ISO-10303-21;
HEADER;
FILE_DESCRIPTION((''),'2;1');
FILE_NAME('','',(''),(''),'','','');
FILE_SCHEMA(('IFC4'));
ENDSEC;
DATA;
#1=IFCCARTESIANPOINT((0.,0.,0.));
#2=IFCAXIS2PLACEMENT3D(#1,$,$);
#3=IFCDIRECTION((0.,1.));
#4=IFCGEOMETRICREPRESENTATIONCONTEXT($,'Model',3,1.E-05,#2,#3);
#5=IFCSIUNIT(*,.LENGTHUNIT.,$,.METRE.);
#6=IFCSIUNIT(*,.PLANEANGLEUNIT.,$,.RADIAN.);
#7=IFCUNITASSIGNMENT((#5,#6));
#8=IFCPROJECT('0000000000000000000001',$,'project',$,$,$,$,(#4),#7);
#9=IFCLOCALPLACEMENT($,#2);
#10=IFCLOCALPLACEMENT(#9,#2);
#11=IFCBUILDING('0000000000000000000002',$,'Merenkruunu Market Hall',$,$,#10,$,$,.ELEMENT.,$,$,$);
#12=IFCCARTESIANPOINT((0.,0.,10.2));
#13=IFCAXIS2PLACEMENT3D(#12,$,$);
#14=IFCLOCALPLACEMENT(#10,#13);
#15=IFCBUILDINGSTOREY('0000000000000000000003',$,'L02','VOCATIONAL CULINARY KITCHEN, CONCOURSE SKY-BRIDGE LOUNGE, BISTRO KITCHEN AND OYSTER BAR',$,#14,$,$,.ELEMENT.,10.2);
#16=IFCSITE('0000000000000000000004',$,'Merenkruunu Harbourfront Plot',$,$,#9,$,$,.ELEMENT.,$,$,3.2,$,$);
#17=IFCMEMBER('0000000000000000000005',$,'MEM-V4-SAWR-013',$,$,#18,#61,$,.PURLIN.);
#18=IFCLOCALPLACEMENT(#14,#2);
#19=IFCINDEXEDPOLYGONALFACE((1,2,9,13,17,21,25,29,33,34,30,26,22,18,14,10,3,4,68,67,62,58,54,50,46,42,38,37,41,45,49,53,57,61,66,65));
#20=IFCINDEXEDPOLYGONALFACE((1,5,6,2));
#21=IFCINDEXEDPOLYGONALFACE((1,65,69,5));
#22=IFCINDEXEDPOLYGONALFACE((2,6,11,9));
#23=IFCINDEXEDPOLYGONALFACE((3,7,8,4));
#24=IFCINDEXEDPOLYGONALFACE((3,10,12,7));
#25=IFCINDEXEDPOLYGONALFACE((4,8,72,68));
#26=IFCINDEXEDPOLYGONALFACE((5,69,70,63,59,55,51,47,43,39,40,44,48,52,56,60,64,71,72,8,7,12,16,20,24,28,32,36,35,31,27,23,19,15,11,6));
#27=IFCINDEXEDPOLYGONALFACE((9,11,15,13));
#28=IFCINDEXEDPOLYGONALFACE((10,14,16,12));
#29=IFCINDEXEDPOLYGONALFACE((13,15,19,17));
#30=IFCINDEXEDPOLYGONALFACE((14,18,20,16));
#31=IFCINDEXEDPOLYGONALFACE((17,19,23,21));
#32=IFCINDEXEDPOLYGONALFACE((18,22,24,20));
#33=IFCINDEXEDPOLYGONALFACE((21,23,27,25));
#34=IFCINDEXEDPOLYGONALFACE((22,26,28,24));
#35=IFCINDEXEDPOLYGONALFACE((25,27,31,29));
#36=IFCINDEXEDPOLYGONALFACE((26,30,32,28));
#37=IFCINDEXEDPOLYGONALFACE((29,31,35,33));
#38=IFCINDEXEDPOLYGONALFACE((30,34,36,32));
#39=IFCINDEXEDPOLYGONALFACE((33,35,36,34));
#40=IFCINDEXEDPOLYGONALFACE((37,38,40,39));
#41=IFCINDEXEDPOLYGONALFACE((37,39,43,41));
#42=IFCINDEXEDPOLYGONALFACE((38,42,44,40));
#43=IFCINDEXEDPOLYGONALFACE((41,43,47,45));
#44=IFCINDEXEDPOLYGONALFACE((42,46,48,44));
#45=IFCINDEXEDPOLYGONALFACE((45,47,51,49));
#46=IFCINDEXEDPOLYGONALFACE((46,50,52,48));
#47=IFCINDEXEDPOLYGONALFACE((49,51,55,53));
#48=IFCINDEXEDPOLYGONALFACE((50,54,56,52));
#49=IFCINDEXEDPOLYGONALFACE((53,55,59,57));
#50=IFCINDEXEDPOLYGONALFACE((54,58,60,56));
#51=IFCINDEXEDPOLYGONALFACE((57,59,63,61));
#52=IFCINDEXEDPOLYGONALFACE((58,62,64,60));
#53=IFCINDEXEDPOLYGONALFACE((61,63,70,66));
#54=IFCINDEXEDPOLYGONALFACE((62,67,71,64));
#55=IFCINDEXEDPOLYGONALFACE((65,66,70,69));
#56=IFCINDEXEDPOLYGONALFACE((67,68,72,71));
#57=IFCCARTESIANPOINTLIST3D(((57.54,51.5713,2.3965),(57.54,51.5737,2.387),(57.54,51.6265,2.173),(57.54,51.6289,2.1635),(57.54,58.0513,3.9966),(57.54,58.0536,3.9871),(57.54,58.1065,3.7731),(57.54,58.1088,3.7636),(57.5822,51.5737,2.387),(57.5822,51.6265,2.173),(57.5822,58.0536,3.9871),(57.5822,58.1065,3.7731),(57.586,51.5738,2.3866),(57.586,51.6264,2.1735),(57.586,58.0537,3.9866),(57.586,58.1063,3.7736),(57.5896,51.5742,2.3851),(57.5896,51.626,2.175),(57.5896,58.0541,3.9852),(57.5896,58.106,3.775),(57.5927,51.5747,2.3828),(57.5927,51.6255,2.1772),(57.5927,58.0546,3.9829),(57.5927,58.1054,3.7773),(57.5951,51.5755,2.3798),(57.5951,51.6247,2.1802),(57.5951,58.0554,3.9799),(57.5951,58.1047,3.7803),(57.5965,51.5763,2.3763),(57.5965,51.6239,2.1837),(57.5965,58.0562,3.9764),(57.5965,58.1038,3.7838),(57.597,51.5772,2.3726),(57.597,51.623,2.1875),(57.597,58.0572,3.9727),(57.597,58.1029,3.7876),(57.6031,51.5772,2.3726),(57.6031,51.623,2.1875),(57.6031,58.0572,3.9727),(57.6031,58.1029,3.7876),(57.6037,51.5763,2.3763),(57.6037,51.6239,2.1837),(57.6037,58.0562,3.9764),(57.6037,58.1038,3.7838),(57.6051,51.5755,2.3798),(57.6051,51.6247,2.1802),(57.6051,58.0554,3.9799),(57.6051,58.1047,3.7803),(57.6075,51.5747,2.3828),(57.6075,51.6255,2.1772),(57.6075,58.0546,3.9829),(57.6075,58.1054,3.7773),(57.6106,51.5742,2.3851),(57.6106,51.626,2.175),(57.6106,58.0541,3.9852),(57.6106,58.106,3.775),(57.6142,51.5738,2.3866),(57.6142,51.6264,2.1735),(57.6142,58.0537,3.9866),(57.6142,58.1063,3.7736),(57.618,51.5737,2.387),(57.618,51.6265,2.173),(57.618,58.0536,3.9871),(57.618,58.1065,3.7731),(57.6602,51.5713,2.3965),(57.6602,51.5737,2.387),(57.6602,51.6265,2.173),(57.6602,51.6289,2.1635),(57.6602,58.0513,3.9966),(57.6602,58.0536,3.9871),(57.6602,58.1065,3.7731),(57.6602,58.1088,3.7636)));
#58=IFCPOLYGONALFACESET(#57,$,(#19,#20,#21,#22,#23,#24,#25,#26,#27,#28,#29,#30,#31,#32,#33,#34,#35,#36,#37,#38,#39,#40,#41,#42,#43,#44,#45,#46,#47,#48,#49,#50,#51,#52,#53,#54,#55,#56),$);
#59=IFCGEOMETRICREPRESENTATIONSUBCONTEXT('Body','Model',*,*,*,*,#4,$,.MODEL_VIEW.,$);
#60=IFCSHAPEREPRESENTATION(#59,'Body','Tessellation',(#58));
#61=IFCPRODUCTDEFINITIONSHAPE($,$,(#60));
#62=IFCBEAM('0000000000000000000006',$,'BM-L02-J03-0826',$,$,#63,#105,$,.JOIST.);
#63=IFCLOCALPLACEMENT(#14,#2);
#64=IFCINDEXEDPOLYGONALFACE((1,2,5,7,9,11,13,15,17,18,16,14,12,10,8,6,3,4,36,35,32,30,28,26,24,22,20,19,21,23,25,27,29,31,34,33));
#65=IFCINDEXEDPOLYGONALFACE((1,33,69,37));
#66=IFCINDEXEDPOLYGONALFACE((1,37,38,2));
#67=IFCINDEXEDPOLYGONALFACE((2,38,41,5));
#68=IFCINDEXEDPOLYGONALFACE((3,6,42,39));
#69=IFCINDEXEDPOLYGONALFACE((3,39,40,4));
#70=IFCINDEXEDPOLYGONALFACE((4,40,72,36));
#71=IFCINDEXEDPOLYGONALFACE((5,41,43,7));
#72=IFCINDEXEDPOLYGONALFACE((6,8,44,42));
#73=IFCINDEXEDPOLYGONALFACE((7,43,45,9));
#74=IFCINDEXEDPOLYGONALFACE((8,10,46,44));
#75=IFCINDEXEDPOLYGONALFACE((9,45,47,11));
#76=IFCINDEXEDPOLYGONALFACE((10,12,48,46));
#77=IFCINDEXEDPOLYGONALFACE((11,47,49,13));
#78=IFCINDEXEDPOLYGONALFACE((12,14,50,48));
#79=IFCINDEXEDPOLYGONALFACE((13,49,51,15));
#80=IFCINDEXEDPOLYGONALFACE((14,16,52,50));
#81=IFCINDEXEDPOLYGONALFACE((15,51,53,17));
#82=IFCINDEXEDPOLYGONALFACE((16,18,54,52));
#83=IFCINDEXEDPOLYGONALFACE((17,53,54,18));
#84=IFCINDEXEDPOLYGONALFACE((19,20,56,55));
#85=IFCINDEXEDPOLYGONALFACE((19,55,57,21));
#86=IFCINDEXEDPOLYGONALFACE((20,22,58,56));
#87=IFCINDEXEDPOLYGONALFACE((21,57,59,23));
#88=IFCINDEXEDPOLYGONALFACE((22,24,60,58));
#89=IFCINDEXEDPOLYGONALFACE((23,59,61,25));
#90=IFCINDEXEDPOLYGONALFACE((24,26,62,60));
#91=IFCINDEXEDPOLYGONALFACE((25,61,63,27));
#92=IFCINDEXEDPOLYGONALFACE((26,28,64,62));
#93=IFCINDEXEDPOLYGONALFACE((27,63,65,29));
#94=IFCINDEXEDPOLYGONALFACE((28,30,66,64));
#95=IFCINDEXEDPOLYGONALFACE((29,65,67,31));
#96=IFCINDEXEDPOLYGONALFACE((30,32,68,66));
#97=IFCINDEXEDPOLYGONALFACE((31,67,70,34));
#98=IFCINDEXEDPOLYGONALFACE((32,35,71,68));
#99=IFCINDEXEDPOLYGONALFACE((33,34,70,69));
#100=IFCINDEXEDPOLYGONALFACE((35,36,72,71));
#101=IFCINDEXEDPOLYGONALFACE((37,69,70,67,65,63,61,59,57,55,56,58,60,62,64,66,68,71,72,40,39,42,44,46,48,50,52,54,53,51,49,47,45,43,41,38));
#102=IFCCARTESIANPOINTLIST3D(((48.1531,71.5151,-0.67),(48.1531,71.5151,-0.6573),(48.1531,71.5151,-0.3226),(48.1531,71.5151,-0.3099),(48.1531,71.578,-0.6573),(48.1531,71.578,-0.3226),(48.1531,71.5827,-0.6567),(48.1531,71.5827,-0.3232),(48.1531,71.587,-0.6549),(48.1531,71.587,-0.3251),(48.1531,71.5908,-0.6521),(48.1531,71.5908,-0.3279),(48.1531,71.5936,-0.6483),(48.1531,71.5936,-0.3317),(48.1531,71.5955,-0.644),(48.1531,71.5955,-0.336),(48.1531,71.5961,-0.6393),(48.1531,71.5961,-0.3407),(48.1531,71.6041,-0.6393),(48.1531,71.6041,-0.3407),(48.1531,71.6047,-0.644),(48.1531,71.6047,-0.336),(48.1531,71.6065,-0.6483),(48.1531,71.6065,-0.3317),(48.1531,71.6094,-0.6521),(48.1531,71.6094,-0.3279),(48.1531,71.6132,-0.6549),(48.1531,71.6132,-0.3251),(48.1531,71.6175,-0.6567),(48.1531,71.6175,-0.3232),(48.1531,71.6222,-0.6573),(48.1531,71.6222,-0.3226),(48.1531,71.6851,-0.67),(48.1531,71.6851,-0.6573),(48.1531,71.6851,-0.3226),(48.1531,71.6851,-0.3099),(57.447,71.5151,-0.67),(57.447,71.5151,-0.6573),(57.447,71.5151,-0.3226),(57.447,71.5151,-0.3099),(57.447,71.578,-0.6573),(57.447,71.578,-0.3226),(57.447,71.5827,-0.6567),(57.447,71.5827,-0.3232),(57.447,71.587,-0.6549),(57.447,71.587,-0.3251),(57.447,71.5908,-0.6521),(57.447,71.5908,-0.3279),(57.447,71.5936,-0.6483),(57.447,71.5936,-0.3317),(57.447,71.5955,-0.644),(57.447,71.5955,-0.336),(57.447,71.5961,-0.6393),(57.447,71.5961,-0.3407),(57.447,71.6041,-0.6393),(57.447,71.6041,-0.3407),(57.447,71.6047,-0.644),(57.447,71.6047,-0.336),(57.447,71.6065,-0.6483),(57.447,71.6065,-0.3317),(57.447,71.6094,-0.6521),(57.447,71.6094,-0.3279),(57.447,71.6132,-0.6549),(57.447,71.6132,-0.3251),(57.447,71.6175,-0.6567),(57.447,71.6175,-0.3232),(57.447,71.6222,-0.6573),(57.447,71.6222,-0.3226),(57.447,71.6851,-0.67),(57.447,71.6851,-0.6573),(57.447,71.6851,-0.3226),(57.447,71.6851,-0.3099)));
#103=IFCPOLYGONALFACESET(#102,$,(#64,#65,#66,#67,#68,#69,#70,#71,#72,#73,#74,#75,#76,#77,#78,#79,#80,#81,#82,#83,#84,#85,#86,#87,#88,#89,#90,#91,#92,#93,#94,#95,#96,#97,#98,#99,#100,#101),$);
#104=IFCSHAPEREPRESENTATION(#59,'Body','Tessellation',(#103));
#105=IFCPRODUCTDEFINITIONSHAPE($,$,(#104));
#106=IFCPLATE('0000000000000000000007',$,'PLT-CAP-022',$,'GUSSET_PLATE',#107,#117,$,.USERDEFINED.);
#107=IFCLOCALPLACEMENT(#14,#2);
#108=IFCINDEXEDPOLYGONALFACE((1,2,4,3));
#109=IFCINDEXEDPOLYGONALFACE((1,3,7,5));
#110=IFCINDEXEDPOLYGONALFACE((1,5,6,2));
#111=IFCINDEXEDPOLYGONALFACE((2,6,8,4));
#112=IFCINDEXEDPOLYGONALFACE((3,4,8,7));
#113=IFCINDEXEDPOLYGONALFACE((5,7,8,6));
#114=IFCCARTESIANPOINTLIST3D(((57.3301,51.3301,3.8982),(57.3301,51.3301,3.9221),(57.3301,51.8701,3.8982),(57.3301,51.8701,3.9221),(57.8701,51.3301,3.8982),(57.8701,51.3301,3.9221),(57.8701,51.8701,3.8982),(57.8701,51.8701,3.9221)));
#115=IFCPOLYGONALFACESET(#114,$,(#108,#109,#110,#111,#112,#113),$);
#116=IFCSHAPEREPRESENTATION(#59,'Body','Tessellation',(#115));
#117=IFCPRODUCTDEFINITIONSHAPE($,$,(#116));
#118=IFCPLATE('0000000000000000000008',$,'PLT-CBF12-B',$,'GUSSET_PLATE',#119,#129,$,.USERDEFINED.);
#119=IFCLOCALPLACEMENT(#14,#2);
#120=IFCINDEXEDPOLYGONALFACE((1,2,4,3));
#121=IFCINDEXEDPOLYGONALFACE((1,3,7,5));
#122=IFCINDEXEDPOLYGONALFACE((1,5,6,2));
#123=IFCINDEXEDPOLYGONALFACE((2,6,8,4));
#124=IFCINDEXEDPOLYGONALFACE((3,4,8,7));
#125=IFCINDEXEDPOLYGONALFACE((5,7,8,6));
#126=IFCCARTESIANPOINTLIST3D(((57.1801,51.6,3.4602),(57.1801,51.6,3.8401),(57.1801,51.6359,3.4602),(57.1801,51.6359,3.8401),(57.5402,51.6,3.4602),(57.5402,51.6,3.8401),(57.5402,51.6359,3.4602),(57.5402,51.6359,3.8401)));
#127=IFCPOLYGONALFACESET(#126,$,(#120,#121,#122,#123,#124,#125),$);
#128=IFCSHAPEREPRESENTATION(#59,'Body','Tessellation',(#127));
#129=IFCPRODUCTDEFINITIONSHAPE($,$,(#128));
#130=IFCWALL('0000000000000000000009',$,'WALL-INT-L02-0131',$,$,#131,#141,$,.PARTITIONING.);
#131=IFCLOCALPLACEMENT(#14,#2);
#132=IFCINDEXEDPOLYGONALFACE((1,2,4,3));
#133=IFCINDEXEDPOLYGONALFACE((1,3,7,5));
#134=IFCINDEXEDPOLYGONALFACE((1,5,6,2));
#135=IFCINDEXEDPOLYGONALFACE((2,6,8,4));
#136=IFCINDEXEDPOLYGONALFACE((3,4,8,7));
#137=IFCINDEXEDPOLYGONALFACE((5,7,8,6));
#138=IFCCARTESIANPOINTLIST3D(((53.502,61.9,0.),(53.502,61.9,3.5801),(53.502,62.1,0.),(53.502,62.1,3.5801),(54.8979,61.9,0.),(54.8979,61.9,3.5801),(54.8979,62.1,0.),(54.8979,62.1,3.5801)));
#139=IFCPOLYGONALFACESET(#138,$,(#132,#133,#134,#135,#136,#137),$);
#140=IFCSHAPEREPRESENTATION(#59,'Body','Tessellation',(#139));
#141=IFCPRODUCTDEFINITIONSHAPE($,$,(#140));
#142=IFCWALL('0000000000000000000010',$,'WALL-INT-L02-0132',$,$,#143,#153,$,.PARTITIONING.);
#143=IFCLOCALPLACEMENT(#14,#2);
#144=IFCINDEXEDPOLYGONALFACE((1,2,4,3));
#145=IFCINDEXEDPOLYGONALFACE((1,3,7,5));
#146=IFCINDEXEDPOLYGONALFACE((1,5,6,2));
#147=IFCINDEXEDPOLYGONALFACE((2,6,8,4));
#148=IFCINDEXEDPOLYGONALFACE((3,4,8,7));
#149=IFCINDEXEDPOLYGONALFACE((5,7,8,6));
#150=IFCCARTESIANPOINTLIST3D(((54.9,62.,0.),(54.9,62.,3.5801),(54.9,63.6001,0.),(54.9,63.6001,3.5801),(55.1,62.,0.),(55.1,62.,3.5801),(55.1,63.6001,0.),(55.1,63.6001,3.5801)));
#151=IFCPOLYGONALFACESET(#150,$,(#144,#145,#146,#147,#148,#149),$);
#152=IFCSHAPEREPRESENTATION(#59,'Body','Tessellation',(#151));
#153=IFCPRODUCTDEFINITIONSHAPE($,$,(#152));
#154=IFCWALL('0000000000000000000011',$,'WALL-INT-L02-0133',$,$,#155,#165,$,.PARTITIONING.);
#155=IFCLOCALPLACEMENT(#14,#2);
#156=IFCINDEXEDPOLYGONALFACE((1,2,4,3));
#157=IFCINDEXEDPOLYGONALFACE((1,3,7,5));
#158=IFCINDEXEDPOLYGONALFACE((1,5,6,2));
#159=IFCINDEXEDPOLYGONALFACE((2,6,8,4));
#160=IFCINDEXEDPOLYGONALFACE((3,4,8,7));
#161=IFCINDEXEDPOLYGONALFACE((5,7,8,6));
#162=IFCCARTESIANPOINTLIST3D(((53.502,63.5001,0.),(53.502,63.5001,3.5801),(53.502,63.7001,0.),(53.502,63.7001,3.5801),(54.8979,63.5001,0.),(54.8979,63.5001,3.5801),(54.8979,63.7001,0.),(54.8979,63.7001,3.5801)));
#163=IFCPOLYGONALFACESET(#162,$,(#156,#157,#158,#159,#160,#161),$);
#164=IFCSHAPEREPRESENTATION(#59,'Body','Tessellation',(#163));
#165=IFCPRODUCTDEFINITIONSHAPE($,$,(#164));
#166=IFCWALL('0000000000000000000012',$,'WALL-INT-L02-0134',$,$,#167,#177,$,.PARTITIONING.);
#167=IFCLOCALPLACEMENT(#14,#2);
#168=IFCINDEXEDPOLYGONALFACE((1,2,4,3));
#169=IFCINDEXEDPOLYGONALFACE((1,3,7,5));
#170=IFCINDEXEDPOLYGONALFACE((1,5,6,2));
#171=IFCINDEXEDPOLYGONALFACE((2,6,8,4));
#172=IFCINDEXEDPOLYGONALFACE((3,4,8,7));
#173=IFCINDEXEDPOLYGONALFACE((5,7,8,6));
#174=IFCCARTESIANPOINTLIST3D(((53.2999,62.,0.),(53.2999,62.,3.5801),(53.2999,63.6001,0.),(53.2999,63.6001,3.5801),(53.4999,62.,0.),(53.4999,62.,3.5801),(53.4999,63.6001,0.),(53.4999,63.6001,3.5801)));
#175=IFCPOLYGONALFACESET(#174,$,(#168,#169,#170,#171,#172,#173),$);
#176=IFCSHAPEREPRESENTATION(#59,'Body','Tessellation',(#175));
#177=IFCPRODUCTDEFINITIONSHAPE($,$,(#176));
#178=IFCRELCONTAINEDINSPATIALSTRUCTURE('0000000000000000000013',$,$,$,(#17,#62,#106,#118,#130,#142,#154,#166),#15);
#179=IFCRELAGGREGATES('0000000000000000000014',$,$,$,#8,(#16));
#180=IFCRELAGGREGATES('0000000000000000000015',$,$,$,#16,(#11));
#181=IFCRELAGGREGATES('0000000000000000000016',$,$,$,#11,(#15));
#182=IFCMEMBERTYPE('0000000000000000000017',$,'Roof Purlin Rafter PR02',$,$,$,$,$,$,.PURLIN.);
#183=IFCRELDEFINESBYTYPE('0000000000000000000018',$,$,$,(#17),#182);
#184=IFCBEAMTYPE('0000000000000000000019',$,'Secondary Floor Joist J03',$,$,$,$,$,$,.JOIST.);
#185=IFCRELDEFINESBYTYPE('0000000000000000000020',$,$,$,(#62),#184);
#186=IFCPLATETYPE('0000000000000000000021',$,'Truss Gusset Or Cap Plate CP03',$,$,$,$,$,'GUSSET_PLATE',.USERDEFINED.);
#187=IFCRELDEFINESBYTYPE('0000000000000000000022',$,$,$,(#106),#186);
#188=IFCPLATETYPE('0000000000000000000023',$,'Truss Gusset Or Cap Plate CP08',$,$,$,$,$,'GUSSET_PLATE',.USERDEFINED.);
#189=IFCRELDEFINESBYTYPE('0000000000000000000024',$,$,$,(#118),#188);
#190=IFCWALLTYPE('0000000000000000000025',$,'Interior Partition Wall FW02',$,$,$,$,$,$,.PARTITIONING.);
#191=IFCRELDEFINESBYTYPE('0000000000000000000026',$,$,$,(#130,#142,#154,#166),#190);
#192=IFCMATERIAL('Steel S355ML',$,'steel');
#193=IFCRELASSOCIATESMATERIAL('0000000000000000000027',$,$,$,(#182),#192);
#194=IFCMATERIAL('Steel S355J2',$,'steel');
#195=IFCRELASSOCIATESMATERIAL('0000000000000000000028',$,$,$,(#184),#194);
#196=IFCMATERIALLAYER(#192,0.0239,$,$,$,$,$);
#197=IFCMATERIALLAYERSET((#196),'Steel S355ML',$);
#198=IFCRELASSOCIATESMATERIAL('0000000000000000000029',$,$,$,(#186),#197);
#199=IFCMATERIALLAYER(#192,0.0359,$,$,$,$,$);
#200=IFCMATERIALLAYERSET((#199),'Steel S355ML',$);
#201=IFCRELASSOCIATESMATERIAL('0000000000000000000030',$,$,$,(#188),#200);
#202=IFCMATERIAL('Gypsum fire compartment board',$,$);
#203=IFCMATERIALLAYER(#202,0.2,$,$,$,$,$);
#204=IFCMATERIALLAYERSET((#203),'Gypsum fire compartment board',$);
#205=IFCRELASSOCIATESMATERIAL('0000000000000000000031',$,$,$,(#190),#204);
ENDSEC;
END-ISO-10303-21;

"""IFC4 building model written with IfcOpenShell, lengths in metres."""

from ifc_helpers import new_model, si_unit, direction, frame, frame_2d, origin, origin_2d, place, context, subcontext, project, spatial, rectangle, i_section, extrude, material, layer, layer_set, material_profile, profile_set, type_object, element, save


model = new_model("IFC4")

# Units and contexts
model_context = context("Model", 3, precision=1e-05, world=origin(), true_north=direction((0.0, 1.0)))
body_context = subcontext(model_context, "Body", "Model", "MODEL_VIEW")
ifc_project = project(units=[si_unit("LENGTHUNIT", "METRE"), si_unit("PLANEANGLEUNIT", "RADIAN")], contexts=[model_context])

# Site, building, storey
site_placement = place(None, origin())
site = spatial("IfcSite", under=ifc_project, at=site_placement, Name="Merenkruunu Harbourfront Plot", CompositionType="ELEMENT", RefElevation=3.2)
building_placement = place(site_placement, origin())
building = spatial("IfcBuilding", under=site, at=building_placement, Name="Merenkruunu Market Hall", CompositionType="ELEMENT")
storey_placement = place(building_placement, frame((0.0, 0.0, 10.2)))
storey = spatial("IfcBuildingStorey", under=building, at=storey_placement, Name="L02", Description="VOCATIONAL CULINARY KITCHEN, CONCOURSE SKY-BRIDGE LOUNGE, BISTRO KITCHEN AND OYSTER BAR", CompositionType="ELEMENT", Elevation=10.2)

# Shared definitions
ifc_material_1 = material(Name="Steel S355J2", Category="steel")
ifc_material_2 = material(Name="Steel S355ML", Category="steel")

# Member
ifc_material_profile_1 = material_profile(ifc_material_2, i_section(OverallWidth=0.1201, OverallDepth=0.24, WebThickness=0.0061, FlangeThickness=0.0098, FilletRadius=0.0149, at=origin_2d()), Name="IPE 240")
ifc_profile_set_1 = profile_set([ifc_material_profile_1], Name="Steel S355ML")
member_type = type_object("IfcMemberType", Name="Roof Purlin Rafter PR02", PredefinedType="PURLIN", material=ifc_profile_set_1)
member_placement = place(storey_placement, frame((57.6001, 51.6001, 2.28), z_axis=(0.0, 0.97084, 0.239729), x_axis=(-1.0, 0.0, 0.0)))
element("IfcMember", 1, at=member_placement, inside=storey, type_object=member_type, Name="MEM-V4-SAWR-013", PredefinedType="PURLIN", context=body_context, shape_type="SweptSolid", body=[
    extrude(i_section(OverallWidth=0.1201, OverallDepth=0.24, WebThickness=0.0061, FlangeThickness=0.0098, FilletRadius=0.0149, at=origin_2d()), origin(), (0.0, 0.0, 1.0), 6.6746),
])

# Beam
ifc_material_profile_2 = material_profile(ifc_material_1, i_section(OverallWidth=0.1699, OverallDepth=0.3601, WebThickness=0.0081, FlangeThickness=0.0127, FilletRadius=0.0181, at=origin_2d()), Name="IPE 360")
ifc_profile_set_2 = profile_set([ifc_material_profile_2], Name="Steel S355J2")
beam_type_1 = type_object("IfcBeamType", Name="Secondary Floor Joist J03", PredefinedType="JOIST", material=ifc_profile_set_2)
beam_1_placement = place(storey_placement, frame((48.1531, 71.6001, -0.49), z_axis=(1.0, 0.0, 0.0), x_axis=(0.0, 1.0, 0.0)))
element("IfcBeam", 2, at=beam_1_placement, inside=storey, type_object=beam_type_1, Name="BM-L02-J03-0826", PredefinedType="JOIST", context=body_context, shape_type="SweptSolid", body=[
    extrude(i_section(OverallWidth=0.1699, OverallDepth=0.3601, WebThickness=0.0081, FlangeThickness=0.0127, FilletRadius=0.0181, at=origin_2d()), origin(), (0.0, 0.0, 1.0), 9.2939),
])

# Plates
ifc_layer_1 = layer(ifc_material_2, 0.0239)
ifc_layer_set_1 = layer_set([ifc_layer_1], Name="Steel S355ML")
plate_type_1 = type_object("IfcPlateType", Name="Truss Gusset Or Cap Plate CP03", ElementType="GUSSET_PLATE", PredefinedType="USERDEFINED", material=ifc_layer_set_1)
plate_1_placement = place(storey_placement, frame((57.6001, 51.6001, 3.8982), z_axis=(0.0, 0.0, 1.0), x_axis=(1.0, 0.0, 0.0)))
element("IfcPlate", 3, at=plate_1_placement, inside=storey, type_object=plate_type_1, Name="PLT-CAP-022", ObjectType="GUSSET_PLATE", PredefinedType="USERDEFINED", context=body_context, shape_type="SweptSolid", body=[
    extrude(rectangle(XDim=0.54, YDim=0.54, at=origin_2d()), origin(), (0.0, 0.0, 1.0), 0.0239),
])
ifc_layer_2 = layer(ifc_material_2, 0.0359)
ifc_layer_set_2 = layer_set([ifc_layer_2], Name="Steel S355ML")
plate_type_2 = type_object("IfcPlateType", Name="Truss Gusset Or Cap Plate CP08", ElementType="GUSSET_PLATE", PredefinedType="USERDEFINED", material=ifc_layer_set_2)
plate_2_placement = place(storey_placement, frame((57.3601, 51.6179, 3.4602), z_axis=(0.0, 0.0, 1.0), x_axis=(1.0, 0.0, 0.0)))
element("IfcPlate", 4, at=plate_2_placement, inside=storey, type_object=plate_type_2, Name="PLT-CBF12-B", ObjectType="GUSSET_PLATE", PredefinedType="USERDEFINED", context=body_context, shape_type="SweptSolid", body=[
    extrude(rectangle(XDim=0.3601, YDim=0.0359, at=origin_2d()), origin(), (0.0, 0.0, 1.0), 0.3799),
])

# Walls
ifc_material_3 = material(Name="Gypsum fire compartment board")
ifc_layer_3 = layer(ifc_material_3, 0.2)
ifc_layer_set_3 = layer_set([ifc_layer_3], Name="Gypsum fire compartment board")
wall_type_1 = type_object("IfcWallType", Name="Interior Partition Wall FW02", PredefinedType="PARTITIONING", material=ifc_layer_set_3)
wall_1_placement = place(storey_placement, frame((53.502, 62.0, 0.0), z_axis=(0.0, 0.0, 1.0), x_axis=(1.0, 0.0, 0.0)))
element("IfcWall", 5, at=wall_1_placement, inside=storey, type_object=wall_type_1, Name="WALL-INT-L02-0131", PredefinedType="PARTITIONING", context=body_context, shape_type="SweptSolid", body=[
    extrude(rectangle(XDim=1.396, YDim=0.2, at=frame_2d((0.698, 0.0))), origin(), (0.0, 0.0, 1.0), 3.5801),
])
wall_2_placement = place(storey_placement, frame((55.0, 62.0, 0.0), z_axis=(0.0, 0.0, 1.0), x_axis=(0.0, 1.0, 0.0)))
element("IfcWall", 6, at=wall_2_placement, inside=storey, type_object=wall_type_1, Name="WALL-INT-L02-0132", PredefinedType="PARTITIONING", context=body_context, shape_type="SweptSolid", body=[
    extrude(rectangle(XDim=1.6001, YDim=0.2, at=frame_2d((0.8, 0.0))), origin(), (0.0, 0.0, 1.0), 3.5801),
])
wall_3_placement = place(storey_placement, frame((54.8979, 63.6001, 0.0), z_axis=(0.0, 0.0, 1.0), x_axis=(-1.0, 0.0, 0.0)))
element("IfcWall", 7, at=wall_3_placement, inside=storey, type_object=wall_type_1, Name="WALL-INT-L02-0133", PredefinedType="PARTITIONING", context=body_context, shape_type="SweptSolid", body=[
    extrude(rectangle(XDim=1.396, YDim=0.2, at=frame_2d((0.698, 0.0))), origin(), (0.0, 0.0, 1.0), 3.5801),
])
wall_4_placement = place(storey_placement, frame((53.3999, 63.6001, 0.0), z_axis=(0.0, 0.0, 1.0), x_axis=(0.0, -1.0, 0.0)))
element("IfcWall", 8, at=wall_4_placement, inside=storey, type_object=wall_type_1, Name="WALL-INT-L02-0134", PredefinedType="PARTITIONING", context=body_context, shape_type="SweptSolid", body=[
    extrude(rectangle(XDim=1.6001, YDim=0.2, at=frame_2d((0.8, 0.0))), origin(), (0.0, 0.0, 1.0), 3.5801),
])

save(model, "model.ifc")
